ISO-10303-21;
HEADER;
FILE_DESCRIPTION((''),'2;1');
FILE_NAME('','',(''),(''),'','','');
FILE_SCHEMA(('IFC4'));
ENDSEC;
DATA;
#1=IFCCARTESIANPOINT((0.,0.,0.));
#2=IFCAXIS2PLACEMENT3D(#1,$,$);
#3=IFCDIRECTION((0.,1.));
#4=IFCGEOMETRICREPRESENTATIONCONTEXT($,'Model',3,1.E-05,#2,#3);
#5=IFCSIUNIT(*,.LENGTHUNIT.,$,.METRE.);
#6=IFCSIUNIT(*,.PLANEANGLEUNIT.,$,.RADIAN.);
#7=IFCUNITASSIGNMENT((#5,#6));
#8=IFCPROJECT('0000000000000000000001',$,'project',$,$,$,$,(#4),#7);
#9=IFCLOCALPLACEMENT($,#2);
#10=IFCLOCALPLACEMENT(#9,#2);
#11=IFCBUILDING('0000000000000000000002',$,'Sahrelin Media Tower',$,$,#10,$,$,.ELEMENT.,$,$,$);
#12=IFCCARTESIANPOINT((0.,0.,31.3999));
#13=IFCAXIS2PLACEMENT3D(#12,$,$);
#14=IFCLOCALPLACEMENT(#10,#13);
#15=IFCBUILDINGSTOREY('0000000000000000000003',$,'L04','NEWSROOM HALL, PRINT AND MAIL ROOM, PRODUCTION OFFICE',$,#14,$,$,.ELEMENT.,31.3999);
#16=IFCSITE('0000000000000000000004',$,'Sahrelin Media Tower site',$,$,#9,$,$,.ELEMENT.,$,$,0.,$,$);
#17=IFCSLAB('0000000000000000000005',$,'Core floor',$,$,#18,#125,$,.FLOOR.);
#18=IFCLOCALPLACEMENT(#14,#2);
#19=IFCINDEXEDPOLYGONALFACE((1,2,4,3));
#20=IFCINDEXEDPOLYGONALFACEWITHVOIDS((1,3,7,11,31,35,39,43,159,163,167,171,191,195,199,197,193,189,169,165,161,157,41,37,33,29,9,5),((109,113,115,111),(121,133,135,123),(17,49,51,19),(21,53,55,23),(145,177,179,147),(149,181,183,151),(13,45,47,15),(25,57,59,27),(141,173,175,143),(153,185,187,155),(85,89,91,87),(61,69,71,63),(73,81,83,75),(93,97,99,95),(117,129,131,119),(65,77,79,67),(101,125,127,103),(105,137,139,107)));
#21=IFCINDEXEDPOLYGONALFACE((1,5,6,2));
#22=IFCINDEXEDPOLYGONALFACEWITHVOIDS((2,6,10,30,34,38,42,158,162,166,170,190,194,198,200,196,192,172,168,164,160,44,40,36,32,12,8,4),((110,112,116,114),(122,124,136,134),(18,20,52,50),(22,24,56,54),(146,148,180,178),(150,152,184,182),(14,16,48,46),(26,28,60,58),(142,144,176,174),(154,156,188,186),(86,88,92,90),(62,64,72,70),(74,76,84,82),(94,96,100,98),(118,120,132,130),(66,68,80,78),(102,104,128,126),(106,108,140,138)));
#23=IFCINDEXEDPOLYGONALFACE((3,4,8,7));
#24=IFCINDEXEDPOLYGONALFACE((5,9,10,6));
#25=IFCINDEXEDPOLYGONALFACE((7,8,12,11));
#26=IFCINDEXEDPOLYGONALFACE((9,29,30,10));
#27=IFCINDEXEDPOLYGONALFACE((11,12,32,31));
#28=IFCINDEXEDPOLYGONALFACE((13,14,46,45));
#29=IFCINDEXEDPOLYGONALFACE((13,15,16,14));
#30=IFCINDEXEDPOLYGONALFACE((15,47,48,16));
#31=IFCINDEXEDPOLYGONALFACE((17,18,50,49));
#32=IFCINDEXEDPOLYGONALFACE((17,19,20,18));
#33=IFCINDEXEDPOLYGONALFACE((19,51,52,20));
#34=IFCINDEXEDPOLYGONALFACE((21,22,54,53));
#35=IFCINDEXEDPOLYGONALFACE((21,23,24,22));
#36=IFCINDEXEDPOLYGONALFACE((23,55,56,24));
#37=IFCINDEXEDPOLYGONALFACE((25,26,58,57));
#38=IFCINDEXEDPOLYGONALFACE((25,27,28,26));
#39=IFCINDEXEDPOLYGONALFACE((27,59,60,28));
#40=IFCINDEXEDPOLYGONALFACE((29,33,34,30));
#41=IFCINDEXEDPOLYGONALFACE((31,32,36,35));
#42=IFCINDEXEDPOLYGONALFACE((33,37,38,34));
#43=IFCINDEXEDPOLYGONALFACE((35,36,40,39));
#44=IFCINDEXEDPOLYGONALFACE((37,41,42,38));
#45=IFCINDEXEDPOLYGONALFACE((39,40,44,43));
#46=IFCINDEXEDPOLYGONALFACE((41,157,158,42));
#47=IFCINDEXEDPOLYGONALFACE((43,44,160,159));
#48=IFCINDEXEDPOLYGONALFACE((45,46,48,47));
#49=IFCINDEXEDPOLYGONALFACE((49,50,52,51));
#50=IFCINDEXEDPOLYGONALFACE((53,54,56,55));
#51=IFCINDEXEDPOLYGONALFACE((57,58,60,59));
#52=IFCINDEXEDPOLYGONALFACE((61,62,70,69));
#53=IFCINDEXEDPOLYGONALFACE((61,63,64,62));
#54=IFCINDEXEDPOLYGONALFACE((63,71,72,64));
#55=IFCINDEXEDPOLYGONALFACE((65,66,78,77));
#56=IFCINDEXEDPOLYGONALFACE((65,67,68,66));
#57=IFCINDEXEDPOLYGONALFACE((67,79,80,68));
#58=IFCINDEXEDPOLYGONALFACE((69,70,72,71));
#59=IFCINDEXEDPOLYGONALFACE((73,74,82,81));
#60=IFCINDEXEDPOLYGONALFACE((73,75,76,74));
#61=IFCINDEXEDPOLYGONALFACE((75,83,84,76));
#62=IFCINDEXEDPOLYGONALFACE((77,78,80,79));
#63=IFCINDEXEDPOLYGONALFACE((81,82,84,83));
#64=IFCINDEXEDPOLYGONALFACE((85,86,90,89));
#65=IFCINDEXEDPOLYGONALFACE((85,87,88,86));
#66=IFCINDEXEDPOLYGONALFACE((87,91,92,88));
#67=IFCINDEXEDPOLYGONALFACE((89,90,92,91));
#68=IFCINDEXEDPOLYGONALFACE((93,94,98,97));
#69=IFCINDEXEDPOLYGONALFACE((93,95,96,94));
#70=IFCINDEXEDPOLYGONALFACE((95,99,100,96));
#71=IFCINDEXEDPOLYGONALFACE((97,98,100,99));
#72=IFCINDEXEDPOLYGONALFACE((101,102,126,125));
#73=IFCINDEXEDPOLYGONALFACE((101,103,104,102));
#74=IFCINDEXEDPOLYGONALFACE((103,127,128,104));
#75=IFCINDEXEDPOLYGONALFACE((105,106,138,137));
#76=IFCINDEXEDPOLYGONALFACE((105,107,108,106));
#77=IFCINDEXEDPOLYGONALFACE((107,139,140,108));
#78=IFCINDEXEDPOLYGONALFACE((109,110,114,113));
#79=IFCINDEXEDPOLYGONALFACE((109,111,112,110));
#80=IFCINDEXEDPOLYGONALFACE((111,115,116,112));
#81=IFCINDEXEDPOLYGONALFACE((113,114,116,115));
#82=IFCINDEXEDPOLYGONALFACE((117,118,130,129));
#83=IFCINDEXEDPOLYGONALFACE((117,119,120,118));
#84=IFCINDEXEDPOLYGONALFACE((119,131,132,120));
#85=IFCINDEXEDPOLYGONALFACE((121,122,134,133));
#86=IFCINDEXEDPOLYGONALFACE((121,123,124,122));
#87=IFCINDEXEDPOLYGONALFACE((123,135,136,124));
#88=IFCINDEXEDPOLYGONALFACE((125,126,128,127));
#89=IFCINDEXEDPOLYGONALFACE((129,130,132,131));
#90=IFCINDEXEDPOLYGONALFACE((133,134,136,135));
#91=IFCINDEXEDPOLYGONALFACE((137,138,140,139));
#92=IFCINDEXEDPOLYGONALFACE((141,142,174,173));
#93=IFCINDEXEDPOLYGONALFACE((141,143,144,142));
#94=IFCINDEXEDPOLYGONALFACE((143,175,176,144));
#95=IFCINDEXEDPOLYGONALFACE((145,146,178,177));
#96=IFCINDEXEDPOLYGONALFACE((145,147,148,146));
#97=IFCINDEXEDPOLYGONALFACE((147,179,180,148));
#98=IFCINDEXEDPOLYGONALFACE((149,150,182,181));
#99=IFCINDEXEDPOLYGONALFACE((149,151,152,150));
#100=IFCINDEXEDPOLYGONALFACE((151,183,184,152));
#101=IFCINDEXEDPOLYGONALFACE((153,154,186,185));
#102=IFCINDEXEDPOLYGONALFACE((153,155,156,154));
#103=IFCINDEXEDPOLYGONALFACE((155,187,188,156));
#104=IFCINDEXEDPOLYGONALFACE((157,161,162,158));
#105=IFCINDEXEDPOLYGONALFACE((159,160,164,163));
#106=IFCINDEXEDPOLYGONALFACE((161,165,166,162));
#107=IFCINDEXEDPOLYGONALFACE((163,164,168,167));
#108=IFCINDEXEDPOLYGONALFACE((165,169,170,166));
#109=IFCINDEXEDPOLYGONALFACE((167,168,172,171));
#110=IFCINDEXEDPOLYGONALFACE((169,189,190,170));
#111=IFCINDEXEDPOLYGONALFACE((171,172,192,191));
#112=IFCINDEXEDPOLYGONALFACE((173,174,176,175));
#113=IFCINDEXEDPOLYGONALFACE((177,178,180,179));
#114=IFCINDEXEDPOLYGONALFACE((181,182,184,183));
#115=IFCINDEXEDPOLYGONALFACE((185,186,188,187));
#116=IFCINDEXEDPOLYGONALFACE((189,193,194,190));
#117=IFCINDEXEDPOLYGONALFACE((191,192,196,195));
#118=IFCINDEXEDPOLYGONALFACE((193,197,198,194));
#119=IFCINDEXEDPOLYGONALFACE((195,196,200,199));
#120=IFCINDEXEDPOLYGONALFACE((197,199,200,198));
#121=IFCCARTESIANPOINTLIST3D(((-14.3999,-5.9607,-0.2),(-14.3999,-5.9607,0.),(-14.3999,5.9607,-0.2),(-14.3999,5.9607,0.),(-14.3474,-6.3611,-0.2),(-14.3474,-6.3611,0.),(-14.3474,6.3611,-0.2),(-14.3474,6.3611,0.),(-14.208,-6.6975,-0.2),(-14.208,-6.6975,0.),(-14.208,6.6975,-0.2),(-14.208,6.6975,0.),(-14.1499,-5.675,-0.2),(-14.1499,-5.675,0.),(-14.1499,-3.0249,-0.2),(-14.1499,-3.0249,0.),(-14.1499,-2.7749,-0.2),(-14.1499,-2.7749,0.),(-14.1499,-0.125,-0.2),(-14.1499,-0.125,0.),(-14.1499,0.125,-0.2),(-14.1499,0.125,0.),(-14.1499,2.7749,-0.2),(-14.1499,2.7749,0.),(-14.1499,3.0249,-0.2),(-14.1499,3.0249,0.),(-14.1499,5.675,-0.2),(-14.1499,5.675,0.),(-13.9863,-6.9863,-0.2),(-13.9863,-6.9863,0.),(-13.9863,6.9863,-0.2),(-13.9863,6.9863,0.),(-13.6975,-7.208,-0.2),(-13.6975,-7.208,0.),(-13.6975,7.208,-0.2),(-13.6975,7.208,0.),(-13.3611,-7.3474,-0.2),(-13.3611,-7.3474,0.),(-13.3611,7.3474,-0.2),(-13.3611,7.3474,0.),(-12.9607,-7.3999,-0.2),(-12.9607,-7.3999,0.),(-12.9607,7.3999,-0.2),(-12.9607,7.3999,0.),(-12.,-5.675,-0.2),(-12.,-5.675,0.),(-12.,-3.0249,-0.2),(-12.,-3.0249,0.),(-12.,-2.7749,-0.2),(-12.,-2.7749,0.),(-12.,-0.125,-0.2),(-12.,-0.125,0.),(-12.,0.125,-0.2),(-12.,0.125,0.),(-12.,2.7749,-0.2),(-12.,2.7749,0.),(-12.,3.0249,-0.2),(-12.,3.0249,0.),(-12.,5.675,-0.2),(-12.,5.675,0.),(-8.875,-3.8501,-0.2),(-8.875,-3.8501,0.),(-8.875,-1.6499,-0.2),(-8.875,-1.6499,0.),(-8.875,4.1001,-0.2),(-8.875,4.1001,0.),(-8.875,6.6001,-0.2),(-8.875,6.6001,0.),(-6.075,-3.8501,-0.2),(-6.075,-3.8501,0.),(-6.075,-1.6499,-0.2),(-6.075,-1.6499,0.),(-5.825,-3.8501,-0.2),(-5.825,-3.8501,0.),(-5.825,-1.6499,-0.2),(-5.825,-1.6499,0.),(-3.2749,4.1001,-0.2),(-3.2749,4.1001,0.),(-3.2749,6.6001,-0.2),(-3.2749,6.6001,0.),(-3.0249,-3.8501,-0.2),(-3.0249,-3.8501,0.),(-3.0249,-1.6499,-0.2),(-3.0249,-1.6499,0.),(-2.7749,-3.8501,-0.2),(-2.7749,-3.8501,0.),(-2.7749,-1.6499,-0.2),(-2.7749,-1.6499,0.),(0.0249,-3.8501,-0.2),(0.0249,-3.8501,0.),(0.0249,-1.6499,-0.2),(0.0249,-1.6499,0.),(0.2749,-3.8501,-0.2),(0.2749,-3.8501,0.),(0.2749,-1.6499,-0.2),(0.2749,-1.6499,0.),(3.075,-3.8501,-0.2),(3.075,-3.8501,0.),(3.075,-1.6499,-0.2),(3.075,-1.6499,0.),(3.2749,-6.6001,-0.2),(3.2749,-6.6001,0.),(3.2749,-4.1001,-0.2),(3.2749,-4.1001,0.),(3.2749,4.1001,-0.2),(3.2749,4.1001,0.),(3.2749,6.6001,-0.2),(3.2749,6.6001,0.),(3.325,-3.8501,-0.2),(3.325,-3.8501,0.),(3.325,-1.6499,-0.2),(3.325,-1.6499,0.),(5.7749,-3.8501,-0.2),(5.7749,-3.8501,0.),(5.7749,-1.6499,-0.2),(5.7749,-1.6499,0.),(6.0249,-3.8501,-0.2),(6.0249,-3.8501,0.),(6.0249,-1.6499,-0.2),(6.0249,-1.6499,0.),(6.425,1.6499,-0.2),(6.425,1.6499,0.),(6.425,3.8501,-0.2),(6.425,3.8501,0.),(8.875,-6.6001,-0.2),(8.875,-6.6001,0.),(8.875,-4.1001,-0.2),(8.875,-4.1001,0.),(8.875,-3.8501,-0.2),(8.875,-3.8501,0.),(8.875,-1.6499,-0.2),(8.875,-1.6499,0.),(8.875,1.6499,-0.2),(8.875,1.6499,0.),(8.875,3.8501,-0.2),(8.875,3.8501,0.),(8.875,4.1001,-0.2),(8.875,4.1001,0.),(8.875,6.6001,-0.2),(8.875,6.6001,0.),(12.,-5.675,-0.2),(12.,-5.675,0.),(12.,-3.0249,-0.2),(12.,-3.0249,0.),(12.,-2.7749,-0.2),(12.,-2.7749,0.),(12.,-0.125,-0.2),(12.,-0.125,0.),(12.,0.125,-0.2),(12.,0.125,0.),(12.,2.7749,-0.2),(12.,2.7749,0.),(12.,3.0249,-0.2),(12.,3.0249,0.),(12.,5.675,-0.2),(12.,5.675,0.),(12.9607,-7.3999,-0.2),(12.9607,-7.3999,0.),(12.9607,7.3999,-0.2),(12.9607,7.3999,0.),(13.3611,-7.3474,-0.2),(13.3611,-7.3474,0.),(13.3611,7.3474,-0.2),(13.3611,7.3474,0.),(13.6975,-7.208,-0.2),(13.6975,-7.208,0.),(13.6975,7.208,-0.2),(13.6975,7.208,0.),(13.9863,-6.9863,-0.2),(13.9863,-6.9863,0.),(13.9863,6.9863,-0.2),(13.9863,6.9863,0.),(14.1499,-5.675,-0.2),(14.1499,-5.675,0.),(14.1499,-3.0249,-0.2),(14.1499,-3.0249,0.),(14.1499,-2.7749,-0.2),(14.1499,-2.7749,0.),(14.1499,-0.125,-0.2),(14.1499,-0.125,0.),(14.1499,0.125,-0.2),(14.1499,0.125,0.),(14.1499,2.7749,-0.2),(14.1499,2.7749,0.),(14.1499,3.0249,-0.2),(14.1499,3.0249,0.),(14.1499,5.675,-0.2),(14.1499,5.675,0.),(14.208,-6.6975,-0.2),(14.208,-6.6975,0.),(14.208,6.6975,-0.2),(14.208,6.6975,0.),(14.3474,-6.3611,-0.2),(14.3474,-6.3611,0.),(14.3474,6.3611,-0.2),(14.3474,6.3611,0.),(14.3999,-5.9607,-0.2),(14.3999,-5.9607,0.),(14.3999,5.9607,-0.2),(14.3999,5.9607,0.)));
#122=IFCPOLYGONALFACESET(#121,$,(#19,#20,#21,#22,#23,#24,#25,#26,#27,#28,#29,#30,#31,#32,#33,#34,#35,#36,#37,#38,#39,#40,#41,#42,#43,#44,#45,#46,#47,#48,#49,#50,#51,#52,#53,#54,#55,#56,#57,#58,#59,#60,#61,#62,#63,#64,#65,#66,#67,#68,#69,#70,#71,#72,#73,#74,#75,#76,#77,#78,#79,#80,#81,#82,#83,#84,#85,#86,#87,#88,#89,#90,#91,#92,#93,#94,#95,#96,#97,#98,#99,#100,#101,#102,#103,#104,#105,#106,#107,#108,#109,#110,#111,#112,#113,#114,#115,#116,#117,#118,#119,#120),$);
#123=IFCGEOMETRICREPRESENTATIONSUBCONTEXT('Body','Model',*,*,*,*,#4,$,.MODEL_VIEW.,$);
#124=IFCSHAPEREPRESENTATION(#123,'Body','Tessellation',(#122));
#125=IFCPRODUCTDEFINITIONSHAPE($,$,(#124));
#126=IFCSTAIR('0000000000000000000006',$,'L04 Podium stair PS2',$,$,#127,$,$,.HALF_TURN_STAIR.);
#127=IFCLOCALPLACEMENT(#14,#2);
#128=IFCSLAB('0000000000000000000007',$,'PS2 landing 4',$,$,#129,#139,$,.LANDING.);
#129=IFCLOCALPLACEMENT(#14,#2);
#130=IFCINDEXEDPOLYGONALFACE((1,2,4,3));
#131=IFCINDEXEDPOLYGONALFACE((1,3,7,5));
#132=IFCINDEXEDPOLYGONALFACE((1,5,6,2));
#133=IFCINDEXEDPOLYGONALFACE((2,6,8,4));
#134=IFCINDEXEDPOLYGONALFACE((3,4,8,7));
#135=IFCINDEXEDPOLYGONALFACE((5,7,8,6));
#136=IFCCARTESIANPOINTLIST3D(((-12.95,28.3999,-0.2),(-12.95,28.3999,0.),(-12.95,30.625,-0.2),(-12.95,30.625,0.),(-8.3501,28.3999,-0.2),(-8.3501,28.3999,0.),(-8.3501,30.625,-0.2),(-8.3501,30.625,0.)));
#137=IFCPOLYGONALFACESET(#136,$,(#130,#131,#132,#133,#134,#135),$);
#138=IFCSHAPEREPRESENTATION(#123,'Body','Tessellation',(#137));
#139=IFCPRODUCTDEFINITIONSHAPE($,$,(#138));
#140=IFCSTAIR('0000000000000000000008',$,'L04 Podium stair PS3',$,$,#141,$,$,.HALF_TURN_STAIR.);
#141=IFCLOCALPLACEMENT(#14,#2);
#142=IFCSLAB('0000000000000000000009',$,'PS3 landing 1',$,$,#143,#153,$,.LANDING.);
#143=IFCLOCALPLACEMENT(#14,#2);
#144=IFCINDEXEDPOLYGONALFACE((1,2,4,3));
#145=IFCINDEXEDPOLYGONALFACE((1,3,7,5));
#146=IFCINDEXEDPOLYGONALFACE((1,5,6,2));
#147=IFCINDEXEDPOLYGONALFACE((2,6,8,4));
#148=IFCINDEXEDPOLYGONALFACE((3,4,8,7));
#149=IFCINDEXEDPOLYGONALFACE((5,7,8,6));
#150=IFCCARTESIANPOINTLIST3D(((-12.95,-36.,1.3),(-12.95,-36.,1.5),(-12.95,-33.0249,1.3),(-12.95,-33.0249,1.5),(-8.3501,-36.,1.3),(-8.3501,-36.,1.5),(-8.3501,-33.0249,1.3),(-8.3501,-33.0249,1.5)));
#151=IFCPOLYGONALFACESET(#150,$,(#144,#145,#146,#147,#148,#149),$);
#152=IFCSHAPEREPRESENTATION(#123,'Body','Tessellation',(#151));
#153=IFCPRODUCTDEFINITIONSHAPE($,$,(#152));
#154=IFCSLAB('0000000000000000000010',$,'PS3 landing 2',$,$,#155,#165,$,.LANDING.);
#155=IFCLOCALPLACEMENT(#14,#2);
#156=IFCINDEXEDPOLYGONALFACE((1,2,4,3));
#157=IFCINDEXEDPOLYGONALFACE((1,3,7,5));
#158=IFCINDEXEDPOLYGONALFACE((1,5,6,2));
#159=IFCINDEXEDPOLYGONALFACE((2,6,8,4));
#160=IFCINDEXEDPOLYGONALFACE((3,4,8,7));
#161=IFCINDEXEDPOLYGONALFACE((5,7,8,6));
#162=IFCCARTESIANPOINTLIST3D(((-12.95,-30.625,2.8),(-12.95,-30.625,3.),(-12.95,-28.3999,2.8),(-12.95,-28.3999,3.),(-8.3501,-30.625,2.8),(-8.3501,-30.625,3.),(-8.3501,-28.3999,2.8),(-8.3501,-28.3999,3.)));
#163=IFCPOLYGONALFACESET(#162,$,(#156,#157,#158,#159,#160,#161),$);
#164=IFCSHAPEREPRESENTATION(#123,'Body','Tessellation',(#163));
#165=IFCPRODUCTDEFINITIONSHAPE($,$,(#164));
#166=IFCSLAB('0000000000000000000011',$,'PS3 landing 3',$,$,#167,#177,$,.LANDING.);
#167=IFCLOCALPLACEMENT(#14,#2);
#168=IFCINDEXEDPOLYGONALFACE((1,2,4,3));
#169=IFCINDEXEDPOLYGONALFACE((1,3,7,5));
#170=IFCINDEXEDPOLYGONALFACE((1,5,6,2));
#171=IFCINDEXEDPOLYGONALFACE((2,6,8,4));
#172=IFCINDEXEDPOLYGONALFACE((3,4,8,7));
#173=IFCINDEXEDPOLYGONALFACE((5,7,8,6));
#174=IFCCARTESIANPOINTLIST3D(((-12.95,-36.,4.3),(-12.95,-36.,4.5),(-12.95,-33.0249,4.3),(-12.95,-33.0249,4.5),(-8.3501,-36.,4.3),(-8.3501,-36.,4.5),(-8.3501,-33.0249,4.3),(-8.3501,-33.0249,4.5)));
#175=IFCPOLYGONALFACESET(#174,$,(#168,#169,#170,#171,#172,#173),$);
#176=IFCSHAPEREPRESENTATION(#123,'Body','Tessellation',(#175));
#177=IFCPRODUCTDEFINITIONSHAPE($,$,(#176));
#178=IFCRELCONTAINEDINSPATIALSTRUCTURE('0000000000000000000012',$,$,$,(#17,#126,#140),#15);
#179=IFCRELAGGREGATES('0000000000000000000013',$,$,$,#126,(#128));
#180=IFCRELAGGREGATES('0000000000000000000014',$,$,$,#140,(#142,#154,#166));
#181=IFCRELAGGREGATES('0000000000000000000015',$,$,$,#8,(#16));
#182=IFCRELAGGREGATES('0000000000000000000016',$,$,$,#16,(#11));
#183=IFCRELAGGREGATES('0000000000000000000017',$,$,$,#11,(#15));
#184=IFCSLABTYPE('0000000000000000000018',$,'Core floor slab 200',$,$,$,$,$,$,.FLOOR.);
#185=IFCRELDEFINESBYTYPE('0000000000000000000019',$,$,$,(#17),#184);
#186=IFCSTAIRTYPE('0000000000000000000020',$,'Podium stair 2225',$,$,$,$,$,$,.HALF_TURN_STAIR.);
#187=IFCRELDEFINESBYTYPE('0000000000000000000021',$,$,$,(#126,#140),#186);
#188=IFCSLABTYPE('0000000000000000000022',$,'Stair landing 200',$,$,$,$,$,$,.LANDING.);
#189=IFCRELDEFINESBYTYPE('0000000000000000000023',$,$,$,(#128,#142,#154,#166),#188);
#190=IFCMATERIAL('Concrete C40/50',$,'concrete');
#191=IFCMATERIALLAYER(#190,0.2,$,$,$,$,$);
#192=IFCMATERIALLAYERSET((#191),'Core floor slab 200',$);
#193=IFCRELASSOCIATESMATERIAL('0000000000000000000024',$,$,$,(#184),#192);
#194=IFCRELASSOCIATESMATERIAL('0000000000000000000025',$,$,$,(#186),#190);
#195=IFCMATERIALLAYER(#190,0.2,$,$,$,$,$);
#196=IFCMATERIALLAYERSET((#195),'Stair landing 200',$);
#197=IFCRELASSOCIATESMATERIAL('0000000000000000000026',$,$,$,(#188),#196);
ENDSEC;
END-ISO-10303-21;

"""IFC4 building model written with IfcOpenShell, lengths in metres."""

from ifc_helpers import new_model, si_unit, direction, frame, origin, place, context, subcontext, project, spatial, polyline, outline, extrude, material, layer, layer_set, type_object, element, aggregate, save


model = new_model("IFC4")

# Units and contexts
model_context = context("Model", 3, precision=1e-05, world=origin(), true_north=direction((0.0, 1.0)))
body_context = subcontext(model_context, "Body", "Model", "MODEL_VIEW")
ifc_project = project(units=[si_unit("LENGTHUNIT", "METRE"), si_unit("PLANEANGLEUNIT", "RADIAN")], contexts=[model_context])

# Site, building, storey
site_placement = place(None, origin())
site = spatial("IfcSite", under=ifc_project, at=site_placement, Name="Sahrelin Media Tower site", CompositionType="ELEMENT", RefElevation=0.0)
building_placement = place(site_placement, origin())
building = spatial("IfcBuilding", under=site, at=building_placement, Name="Sahrelin Media Tower", CompositionType="ELEMENT")
storey_placement = place(building_placement, frame((0.0, 0.0, 31.3999)))
storey = spatial("IfcBuildingStorey", under=building, at=storey_placement, Name="L04", Description="NEWSROOM HALL, PRINT AND MAIL ROOM, PRODUCTION OFFICE", CompositionType="ELEMENT", Elevation=31.3999)

# Slab
ifc_material_1 = material(Name="Concrete C40/50", Category="concrete")
ifc_layer_1 = layer(ifc_material_1, 0.2)
ifc_layer_set_1 = layer_set([ifc_layer_1], Name="Core floor slab 200")
slab_type_1 = type_object("IfcSlabType", Name="Core floor slab 200", PredefinedType="FLOOR", material=ifc_layer_set_1)
placement_1 = place(storey_placement, frame((0.0, 0.0, -0.2)))
element("IfcSlab", 1, at=placement_1, inside=storey, type_object=slab_type_1, Name="Core floor", PredefinedType="FLOOR", context=body_context, shape_type="SweptSolid", body=[
    extrude(outline(polyline([(-13.9863, 6.9863), (-14.208, 6.6975), (-14.3474, 6.3611), (-14.3999, 5.9607), (-14.3999, -5.9607), (-14.3474, -6.3611), (-14.208, -6.6975), (-13.9863, -6.9863), (-13.6975, -7.208), (-13.3611, -7.3474), (-12.9607, -7.3999), (12.9607, -7.3999), (13.3611, -7.3474), (13.6975, -7.208), (13.9863, -6.9863), (14.208, -6.6975), (14.3474, -6.3611), (14.3999, -5.9607), (14.3999, 5.9607), (14.3474, 6.3611), (14.208, 6.6975), (13.9863, 6.9863), (13.6975, 7.208), (13.3611, 7.3474), (12.9607, 7.3999), (-12.9607, 7.3999), (-13.3611, 7.3474), (-13.6975, 7.208), (-13.9863, 6.9863)]), holes=[polyline([(-14.1499, 5.675), (-14.1499, 3.0249), (-12.0, 3.0249), (-12.0, 5.675), (-14.1499, 5.675)]), polyline([(-12.0, 2.7749), (-14.1499, 2.7749), (-14.1499, 0.125), (-12.0, 0.125), (-12.0, 2.7749)]), polyline([(-12.0, -2.7749), (-12.0, -0.125), (-14.1499, -0.125), (-14.1499, -2.7749), (-12.0, -2.7749)]), polyline([(-14.1499, -5.675), (-12.0, -5.675), (-12.0, -3.0249), (-14.1499, -3.0249), (-14.1499, -5.675)]), polyline([(12.0, 5.675), (12.0, 3.0249), (14.1499, 3.0249), (14.1499, 5.675), (12.0, 5.675)]), polyline([(14.1499, 2.7749), (12.0, 2.7749), (12.0, 0.125), (14.1499, 0.125), (14.1499, 2.7749)]), polyline([(14.1499, -2.7749), (14.1499, -0.125), (12.0, -0.125), (12.0, -2.7749), (14.1499, -2.7749)]), polyline([(12.0, -5.675), (14.1499, -5.675), (14.1499, -3.0249), (12.0, -3.0249), (12.0, -5.675)]), polyline([(6.425, 3.8501), (6.425, 1.6499), (8.875, 1.6499), (8.875, 3.8501), (6.425, 3.8501)]), polyline([(-6.075, -1.6499), (-8.875, -1.6499), (-8.875, -3.8501), (-6.075, -3.8501), (-6.075, -1.6499)]), polyline([(-3.0249, -3.8501), (-3.0249, -1.6499), (-5.825, -1.6499), (-5.825, -3.8501), (-3.0249, -3.8501)]), polyline([(-2.7749, -3.8501), (0.0249, -3.8501), (0.0249, -1.6499), (-2.7749, -1.6499), (-2.7749, -3.8501)]), polyline([(0.2749, -1.6499), (0.2749, -3.8501), (3.075, -3.8501), (3.075, -1.6499), (0.2749, -1.6499)]), polyline([(5.7749, -1.6499), (3.325, -1.6499), (3.325, -3.8501), (5.7749, -3.8501), (5.7749, -1.6499)]), polyline([(8.875, -3.8501), (8.875, -1.6499), (6.0249, -1.6499), (6.0249, -3.8501), (8.875, -3.8501)]), polyline([(-8.875, 6.6001), (-8.875, 4.1001), (-3.2749, 4.1001), (-3.2749, 6.6001), (-8.875, 6.6001)]), polyline([(3.2749, 4.1001), (8.875, 4.1001), (8.875, 6.6001), (3.2749, 6.6001), (3.2749, 4.1001)]), polyline([(3.2749, -4.1001), (3.2749, -6.6001), (8.875, -6.6001), (8.875, -4.1001), (3.2749, -4.1001)])]), origin(), (0.0, 0.0, 1.0), 0.2),
])

# Stair, slab
stair_type = type_object("IfcStairType", Name="Podium stair 2225", PredefinedType="HALF_TURN_STAIR", material=ifc_material_1)
placement_2 = place(storey_placement, origin())
stair_1 = element("IfcStair", 2, at=placement_2, inside=storey, type_object=stair_type, Name="L04 Podium stair PS2", PredefinedType="HALF_TURN_STAIR")
ifc_layer_2 = layer(ifc_material_1, 0.2)
ifc_layer_set_2 = layer_set([ifc_layer_2], Name="Stair landing 200")
slab_type_2 = type_object("IfcSlabType", Name="Stair landing 200", PredefinedType="LANDING", material=ifc_layer_set_2)
slab_1 = element("IfcSlab", 3, at=placement_1, type_object=slab_type_2, Name="PS2 landing 4", PredefinedType="LANDING", context=body_context, shape_type="SweptSolid", body=[
    extrude(outline(polyline([(-8.3501, 28.3999), (-8.3501, 30.625), (-12.95, 30.625), (-12.95, 28.3999), (-8.3501, 28.3999)])), origin(), (0.0, 0.0, 1.0), 0.2),
])
aggregate(stair_1, [slab_1])

# Stair, slabs
stair_2 = element("IfcStair", 4, at=placement_2, inside=storey, type_object=stair_type, Name="L04 Podium stair PS3", PredefinedType="HALF_TURN_STAIR")
placement_3 = place(storey_placement, frame((0.0, 0.0, 1.3)))
slab_2 = element("IfcSlab", 5, at=placement_3, type_object=slab_type_2, Name="PS3 landing 1", PredefinedType="LANDING", context=body_context, shape_type="SweptSolid", body=[
    extrude(outline(polyline([(-12.95, -33.0249), (-12.95, -36.0), (-8.3501, -36.0), (-8.3501, -33.0249), (-12.95, -33.0249)])), origin(), (0.0, 0.0, 1.0), 0.2),
])
placement_4 = place(storey_placement, frame((0.0, 0.0, 2.8)))
slab_3 = element("IfcSlab", 6, at=placement_4, type_object=slab_type_2, Name="PS3 landing 2", PredefinedType="LANDING", context=body_context, shape_type="SweptSolid", body=[
    extrude(outline(polyline([(-12.95, -28.3999), (-12.95, -30.625), (-8.3501, -30.625), (-8.3501, -28.3999), (-12.95, -28.3999)])), origin(), (0.0, 0.0, 1.0), 0.2),
])
placement_5 = place(storey_placement, frame((0.0, 0.0, 4.3)))
slab_4 = element("IfcSlab", 7, at=placement_5, type_object=slab_type_2, Name="PS3 landing 3", PredefinedType="LANDING", context=body_context, shape_type="SweptSolid", body=[
    extrude(outline(polyline([(-12.95, -33.0249), (-12.95, -36.0), (-8.3501, -36.0), (-8.3501, -33.0249), (-12.95, -33.0249)])), origin(), (0.0, 0.0, 1.0), 0.2),
])
aggregate(stair_2, [slab_2, slab_3, slab_4])

save(model, "model.ifc")
